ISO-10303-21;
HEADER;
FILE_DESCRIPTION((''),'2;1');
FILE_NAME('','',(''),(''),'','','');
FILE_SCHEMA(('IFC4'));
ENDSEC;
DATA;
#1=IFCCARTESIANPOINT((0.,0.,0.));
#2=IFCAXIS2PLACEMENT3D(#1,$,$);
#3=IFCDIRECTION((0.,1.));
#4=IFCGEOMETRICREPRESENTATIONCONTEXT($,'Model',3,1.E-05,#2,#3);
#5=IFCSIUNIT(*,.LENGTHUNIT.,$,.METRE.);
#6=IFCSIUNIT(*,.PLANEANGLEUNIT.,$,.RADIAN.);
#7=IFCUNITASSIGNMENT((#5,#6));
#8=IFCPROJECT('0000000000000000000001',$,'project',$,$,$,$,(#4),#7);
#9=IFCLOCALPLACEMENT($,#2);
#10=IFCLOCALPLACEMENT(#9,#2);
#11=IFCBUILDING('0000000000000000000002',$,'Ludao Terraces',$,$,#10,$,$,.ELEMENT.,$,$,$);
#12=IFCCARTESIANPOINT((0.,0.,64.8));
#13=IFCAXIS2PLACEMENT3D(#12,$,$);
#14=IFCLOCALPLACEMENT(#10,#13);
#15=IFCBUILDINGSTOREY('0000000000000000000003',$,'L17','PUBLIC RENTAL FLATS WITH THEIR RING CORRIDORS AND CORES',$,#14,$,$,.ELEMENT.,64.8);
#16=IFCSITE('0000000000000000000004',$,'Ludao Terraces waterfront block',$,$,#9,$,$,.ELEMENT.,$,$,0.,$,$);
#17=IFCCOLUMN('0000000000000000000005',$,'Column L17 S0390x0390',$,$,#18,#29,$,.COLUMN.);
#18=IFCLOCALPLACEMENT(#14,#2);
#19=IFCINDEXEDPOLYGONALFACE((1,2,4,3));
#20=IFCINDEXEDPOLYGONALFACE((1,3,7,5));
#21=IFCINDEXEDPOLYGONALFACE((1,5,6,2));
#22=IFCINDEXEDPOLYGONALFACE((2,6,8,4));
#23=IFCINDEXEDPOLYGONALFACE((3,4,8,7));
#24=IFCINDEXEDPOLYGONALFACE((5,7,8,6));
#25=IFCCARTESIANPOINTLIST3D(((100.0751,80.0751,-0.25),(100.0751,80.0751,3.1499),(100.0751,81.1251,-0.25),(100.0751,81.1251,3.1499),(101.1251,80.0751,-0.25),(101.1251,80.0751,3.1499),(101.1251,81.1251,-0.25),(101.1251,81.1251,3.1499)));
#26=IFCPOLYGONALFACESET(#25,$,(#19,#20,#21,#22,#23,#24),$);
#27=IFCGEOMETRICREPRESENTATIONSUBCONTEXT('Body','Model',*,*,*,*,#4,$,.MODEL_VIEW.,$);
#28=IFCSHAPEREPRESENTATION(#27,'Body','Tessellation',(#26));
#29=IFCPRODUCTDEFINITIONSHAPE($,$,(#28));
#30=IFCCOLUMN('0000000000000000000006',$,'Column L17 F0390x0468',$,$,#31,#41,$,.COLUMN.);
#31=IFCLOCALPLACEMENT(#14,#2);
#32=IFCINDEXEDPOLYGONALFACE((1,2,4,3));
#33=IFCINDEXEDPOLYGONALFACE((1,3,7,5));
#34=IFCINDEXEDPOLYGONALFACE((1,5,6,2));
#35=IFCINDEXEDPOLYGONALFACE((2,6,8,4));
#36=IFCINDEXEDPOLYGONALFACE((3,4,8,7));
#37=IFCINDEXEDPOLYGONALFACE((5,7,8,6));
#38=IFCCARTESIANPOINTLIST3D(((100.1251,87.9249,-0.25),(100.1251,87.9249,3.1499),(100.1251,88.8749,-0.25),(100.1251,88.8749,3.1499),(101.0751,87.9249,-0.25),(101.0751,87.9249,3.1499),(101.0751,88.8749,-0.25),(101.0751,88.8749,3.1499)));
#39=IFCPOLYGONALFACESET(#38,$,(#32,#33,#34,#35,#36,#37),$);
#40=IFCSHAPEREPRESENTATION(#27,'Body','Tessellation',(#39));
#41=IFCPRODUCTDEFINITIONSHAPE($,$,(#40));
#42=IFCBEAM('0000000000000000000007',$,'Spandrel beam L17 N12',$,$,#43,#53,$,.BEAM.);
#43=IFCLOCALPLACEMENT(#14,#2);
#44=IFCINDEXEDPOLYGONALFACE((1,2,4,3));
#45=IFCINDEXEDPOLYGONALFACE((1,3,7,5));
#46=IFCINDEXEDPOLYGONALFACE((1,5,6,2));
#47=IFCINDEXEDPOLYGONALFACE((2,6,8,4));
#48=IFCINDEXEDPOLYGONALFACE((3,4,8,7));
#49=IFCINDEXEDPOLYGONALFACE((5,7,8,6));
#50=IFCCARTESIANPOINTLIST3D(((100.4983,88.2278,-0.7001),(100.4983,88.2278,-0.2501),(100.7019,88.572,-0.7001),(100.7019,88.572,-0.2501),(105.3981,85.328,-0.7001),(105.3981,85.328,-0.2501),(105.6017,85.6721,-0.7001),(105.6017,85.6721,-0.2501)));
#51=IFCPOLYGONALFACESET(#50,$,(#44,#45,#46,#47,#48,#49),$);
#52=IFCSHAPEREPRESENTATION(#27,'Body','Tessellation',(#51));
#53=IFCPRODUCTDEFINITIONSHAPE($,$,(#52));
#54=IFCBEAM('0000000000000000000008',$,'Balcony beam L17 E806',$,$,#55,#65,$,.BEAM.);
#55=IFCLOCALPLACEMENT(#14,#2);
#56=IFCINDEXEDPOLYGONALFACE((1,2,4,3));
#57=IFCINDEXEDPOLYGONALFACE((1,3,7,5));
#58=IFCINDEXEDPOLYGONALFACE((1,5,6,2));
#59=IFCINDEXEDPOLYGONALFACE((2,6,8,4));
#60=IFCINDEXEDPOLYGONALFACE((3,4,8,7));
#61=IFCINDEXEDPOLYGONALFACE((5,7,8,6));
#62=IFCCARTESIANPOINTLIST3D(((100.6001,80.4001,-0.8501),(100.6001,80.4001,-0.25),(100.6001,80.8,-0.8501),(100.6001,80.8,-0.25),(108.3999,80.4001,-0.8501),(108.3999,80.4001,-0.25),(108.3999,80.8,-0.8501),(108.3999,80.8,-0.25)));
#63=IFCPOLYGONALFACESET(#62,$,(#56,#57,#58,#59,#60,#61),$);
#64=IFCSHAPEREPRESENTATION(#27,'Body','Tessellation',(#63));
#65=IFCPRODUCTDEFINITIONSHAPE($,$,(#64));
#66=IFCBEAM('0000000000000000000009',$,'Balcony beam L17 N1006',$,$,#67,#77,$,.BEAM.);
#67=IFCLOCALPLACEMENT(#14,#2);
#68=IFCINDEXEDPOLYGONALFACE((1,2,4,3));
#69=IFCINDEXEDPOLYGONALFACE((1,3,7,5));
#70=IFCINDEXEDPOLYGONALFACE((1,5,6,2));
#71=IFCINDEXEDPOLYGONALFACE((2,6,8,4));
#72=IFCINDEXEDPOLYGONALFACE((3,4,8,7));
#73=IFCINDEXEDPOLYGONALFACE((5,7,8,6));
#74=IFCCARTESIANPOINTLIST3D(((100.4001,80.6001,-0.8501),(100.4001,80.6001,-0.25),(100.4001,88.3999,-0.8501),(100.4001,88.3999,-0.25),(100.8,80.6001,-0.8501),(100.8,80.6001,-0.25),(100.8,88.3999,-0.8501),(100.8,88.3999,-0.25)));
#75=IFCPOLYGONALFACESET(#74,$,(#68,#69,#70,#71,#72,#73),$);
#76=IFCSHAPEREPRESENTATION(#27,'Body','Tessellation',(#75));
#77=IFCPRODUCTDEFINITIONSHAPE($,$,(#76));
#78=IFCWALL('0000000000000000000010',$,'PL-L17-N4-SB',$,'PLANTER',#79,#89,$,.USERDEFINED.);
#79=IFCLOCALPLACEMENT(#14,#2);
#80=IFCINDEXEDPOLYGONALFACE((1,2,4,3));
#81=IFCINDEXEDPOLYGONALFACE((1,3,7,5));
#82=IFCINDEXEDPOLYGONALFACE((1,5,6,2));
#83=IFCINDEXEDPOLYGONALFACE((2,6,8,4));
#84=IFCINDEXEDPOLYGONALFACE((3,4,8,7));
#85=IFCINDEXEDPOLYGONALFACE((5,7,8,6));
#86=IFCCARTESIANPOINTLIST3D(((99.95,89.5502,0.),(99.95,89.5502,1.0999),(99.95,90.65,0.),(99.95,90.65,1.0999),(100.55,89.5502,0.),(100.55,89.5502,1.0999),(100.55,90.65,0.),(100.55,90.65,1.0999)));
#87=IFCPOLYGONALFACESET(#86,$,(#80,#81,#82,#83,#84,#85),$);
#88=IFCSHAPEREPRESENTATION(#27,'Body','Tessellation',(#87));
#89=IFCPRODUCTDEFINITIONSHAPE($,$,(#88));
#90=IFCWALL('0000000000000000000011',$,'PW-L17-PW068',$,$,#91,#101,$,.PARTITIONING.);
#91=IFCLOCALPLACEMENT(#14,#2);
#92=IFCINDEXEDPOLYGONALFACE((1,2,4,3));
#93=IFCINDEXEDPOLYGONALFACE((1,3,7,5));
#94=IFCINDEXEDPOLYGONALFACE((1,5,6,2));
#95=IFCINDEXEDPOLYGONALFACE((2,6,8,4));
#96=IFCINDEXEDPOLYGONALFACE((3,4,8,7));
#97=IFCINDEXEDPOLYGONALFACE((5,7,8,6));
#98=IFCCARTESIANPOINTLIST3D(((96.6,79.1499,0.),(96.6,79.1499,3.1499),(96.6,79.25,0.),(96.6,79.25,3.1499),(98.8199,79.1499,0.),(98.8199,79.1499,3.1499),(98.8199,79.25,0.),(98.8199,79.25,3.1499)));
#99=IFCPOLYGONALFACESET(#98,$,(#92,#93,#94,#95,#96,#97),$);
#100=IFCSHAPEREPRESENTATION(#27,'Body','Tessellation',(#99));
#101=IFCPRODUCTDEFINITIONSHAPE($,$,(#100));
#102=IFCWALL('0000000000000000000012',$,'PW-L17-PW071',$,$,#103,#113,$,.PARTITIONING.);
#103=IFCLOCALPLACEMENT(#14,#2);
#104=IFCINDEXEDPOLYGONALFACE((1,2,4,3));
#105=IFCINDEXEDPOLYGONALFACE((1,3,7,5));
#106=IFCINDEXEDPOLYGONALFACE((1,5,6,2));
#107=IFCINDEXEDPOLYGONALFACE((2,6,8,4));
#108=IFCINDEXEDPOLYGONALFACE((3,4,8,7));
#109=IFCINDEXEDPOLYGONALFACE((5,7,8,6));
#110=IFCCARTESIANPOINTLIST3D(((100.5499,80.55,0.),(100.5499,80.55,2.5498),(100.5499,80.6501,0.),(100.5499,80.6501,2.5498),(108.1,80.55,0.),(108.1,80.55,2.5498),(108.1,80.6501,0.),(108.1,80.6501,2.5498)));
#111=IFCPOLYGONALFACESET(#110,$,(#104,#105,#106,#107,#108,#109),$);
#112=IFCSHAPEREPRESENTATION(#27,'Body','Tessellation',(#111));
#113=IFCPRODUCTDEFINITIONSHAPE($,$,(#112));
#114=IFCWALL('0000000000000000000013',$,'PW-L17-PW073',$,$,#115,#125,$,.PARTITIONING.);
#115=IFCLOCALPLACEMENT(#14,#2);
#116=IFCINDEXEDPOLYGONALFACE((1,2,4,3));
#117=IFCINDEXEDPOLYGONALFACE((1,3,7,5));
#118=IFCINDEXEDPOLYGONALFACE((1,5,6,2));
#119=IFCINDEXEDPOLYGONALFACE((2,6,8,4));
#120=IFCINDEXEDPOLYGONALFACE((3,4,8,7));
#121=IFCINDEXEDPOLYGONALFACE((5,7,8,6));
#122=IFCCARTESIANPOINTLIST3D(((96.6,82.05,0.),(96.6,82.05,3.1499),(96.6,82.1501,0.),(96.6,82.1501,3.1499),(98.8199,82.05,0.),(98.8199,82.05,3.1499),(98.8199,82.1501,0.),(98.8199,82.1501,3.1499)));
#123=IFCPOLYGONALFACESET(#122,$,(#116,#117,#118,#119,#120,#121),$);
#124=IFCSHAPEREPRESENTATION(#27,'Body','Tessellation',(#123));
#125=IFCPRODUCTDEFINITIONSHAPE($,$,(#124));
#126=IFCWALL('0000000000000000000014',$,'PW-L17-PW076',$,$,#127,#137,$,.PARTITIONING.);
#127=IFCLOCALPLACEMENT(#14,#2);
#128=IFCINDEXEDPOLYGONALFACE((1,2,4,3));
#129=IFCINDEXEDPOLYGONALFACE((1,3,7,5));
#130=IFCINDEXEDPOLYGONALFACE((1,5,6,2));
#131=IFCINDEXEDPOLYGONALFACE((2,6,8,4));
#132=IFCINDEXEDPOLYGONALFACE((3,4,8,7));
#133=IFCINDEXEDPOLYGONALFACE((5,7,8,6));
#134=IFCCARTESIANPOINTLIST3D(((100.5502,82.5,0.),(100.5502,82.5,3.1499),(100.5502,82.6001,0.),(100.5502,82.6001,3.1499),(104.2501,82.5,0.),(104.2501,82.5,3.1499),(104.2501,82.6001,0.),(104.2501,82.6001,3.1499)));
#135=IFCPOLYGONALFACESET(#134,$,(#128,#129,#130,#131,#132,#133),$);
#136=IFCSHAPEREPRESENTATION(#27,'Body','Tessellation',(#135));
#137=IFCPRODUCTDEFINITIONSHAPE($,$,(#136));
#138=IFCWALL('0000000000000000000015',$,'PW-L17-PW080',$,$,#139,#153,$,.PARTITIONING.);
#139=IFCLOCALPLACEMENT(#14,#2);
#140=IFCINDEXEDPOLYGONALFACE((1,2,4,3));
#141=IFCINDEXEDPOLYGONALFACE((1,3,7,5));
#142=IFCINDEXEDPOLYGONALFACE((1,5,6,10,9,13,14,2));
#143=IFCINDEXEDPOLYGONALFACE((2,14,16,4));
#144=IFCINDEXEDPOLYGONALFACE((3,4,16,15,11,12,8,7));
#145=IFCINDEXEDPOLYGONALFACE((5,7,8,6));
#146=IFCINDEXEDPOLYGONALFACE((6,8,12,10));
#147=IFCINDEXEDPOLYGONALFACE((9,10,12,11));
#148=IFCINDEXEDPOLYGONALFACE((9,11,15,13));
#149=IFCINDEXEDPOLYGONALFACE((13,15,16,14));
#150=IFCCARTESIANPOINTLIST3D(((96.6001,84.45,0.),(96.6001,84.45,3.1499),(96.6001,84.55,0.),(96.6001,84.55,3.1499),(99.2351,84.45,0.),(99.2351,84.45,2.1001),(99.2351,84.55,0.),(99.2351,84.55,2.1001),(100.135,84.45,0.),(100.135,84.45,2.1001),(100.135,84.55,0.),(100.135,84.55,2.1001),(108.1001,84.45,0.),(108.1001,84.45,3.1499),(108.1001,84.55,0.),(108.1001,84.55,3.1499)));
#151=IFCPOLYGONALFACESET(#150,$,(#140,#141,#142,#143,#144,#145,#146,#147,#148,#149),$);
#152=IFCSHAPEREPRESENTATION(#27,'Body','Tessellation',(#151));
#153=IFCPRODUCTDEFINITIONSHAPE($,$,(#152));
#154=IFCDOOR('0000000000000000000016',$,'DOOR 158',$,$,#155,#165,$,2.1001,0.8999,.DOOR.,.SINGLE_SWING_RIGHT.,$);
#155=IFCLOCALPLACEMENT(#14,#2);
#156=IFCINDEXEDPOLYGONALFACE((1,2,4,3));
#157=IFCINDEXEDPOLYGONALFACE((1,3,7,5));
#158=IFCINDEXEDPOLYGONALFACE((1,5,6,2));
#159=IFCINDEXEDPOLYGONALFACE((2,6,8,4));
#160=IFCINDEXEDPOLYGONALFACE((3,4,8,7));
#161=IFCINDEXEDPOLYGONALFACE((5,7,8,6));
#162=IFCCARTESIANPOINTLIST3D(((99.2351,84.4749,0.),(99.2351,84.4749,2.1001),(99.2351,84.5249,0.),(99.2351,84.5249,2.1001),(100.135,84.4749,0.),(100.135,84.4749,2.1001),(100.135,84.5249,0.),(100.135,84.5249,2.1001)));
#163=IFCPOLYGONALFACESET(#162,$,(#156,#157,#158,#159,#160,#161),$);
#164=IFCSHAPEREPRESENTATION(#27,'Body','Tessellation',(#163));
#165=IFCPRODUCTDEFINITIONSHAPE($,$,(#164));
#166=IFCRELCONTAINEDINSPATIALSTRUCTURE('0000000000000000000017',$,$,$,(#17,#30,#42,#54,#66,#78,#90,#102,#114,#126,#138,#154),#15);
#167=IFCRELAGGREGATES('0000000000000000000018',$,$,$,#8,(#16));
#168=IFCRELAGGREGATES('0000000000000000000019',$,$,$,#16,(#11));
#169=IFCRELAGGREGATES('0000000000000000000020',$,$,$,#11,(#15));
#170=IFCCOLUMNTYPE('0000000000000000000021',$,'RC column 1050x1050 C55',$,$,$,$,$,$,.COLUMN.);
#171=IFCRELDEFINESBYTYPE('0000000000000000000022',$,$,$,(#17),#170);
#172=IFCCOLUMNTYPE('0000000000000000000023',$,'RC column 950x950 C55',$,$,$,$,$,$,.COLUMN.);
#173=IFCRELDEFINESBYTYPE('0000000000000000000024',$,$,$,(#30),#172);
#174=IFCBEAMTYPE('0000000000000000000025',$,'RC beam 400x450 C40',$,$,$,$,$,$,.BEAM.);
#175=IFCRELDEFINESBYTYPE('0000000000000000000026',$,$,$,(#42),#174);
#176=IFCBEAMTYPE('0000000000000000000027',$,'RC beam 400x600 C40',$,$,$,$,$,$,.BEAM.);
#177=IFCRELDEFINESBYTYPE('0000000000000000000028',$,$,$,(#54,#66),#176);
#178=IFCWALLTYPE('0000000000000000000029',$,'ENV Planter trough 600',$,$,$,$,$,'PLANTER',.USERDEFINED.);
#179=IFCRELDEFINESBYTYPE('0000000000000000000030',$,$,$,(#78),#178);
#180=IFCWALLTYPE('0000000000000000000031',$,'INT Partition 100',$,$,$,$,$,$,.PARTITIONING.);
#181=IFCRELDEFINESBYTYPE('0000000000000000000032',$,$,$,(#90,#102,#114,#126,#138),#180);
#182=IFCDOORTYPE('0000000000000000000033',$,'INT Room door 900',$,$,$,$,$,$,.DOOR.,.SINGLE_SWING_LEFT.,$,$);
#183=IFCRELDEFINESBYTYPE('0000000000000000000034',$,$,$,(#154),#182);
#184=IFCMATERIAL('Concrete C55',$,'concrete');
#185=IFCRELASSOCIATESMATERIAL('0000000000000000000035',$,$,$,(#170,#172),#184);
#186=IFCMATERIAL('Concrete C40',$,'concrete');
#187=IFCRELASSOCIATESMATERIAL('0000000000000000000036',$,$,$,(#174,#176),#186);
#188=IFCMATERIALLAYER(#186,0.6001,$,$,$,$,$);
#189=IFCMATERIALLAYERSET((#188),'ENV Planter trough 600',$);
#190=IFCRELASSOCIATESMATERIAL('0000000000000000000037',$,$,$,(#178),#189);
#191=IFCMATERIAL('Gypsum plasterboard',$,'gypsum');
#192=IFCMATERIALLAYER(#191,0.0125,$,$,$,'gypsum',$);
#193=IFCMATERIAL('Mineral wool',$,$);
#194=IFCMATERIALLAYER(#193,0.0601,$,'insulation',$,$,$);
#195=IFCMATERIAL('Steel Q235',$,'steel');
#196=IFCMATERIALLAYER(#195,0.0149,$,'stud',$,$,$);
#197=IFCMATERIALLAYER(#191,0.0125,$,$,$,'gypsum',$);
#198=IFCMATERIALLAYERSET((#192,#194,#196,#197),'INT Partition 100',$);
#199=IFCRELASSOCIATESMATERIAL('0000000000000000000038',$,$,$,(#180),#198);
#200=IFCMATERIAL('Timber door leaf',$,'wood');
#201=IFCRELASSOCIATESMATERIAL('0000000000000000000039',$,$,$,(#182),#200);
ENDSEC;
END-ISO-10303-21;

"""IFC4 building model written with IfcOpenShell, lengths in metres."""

from ifc_helpers import new_model, si_unit, direction, frame, frame_2d, origin, origin_2d, place, context, subcontext, project, spatial, rectangle, extrude, material, layer, layer_set, material_profile, profile_set, type_object, element, fill, save


model = new_model("IFC4")

# Units and contexts
model_context = context("Model", 3, precision=1e-05, world=origin(), true_north=direction((0.0, 1.0)))
body_context = subcontext(model_context, "Body", "Model", "MODEL_VIEW")
ifc_project = project(units=[si_unit("LENGTHUNIT", "METRE"), si_unit("PLANEANGLEUNIT", "RADIAN")], contexts=[model_context])

# Site, building, storey
site_placement = place(None, origin())
site = spatial("IfcSite", under=ifc_project, at=site_placement, Name="Ludao Terraces waterfront block", CompositionType="ELEMENT", RefElevation=0.0)
building_placement = place(site_placement, origin())
building = spatial("IfcBuilding", under=site, at=building_placement, Name="Ludao Terraces", CompositionType="ELEMENT")
storey_placement = place(building_placement, frame((0.0, 0.0, 64.8)))
storey = spatial("IfcBuildingStorey", under=building, at=storey_placement, Name="L17", Description="PUBLIC RENTAL FLATS WITH THEIR RING CORRIDORS AND CORES", CompositionType="ELEMENT", Elevation=64.8)

# Columns
ifc_material_1 = material(Name="Concrete C55", Category="concrete")
ifc_material_profile_1 = material_profile(ifc_material_1, rectangle(XDim=1.05, YDim=1.05, at=origin_2d()), Name="1050 X 1050")
ifc_profile_set_1 = profile_set([ifc_material_profile_1], Name="Concrete C55")
column_type_1 = type_object("IfcColumnType", Name="RC column 1050x1050 C55", PredefinedType="COLUMN", material=ifc_profile_set_1)
column_1_placement = place(storey_placement, frame((100.6001, 80.6001, -0.25), z_axis=(0.0, 0.0, 1.0), x_axis=(1.0, 0.0, 0.0)))
element("IfcColumn", 1, at=column_1_placement, inside=storey, type_object=column_type_1, Name="Column L17 S0390x0390", PredefinedType="COLUMN", context=body_context, shape_type="SweptSolid", body=[
    extrude(rectangle(XDim=1.05, YDim=1.05, at=origin_2d()), origin(), (0.0, 0.0, 1.0), 3.3999),
])
ifc_material_profile_2 = material_profile(ifc_material_1, rectangle(XDim=0.95, YDim=0.95, at=origin_2d()), Name="950 X 950")
ifc_profile_set_2 = profile_set([ifc_material_profile_2], Name="Concrete C55")
column_type_2 = type_object("IfcColumnType", Name="RC column 950x950 C55", PredefinedType="COLUMN", material=ifc_profile_set_2)
column_2_placement = place(storey_placement, frame((100.6001, 88.3999, -0.25), z_axis=(0.0, 0.0, 1.0), x_axis=(1.0, 0.0, 0.0)))
element("IfcColumn", 2, at=column_2_placement, inside=storey, type_object=column_type_2, Name="Column L17 F0390x0468", PredefinedType="COLUMN", context=body_context, shape_type="SweptSolid", body=[
    extrude(rectangle(XDim=0.95, YDim=0.95, at=origin_2d()), origin(), (0.0, 0.0, 1.0), 3.3999),
])

# Beams
ifc_material_2 = material(Name="Concrete C40", Category="concrete")
ifc_material_profile_3 = material_profile(ifc_material_2, rectangle(XDim=0.3999, YDim=0.45, at=origin_2d()), Name="400 X 450")
ifc_profile_set_3 = profile_set([ifc_material_profile_3], Name="Concrete C40")
beam_type_1 = type_object("IfcBeamType", Name="RC beam 400x450 C40", PredefinedType="BEAM", material=ifc_profile_set_3)
beam_placement = place(storey_placement, frame((100.6001, 88.3999, -0.4751), z_axis=(0.86058, -0.509316, 0.0), x_axis=(0.509316, 0.86058, 0.0)))
element("IfcBeam", 3, at=beam_placement, inside=storey, type_object=beam_type_1, Name="Spandrel beam L17 N12", PredefinedType="BEAM", context=body_context, shape_type="SweptSolid", body=[
    extrude(rectangle(XDim=0.3999, YDim=0.45, at=origin_2d()), origin(), (0.0, 0.0, 1.0), 5.6936),
])
ifc_material_profile_4 = material_profile(ifc_material_2, rectangle(XDim=0.3999, YDim=0.6001, at=origin_2d()), Name="400 X 600")
ifc_profile_set_4 = profile_set([ifc_material_profile_4], Name="Concrete C40")
beam_type_2 = type_object("IfcBeamType", Name="RC beam 400x600 C40", PredefinedType="BEAM", material=ifc_profile_set_4)
for number, where, z_axis, x_axis, name in (
    (4, (100.6001, 80.6001, -0.55), (1.0, 0.0, 0.0), (0.0, 1.0, 0.0), "Balcony beam L17 E806"),
    (5, (100.6001, 80.6001, -0.55), (0.0, 1.0, 0.0), (-1.0, 0.0, 0.0), "Balcony beam L17 N1006"),
):
    element("IfcBeam", number, at=place(storey_placement, frame(where, z_axis=z_axis, x_axis=x_axis)), inside=storey, type_object=beam_type_2, Name=name, PredefinedType="BEAM", context=body_context, shape_type="SweptSolid", body=[
        extrude(rectangle(XDim=0.3999, YDim=0.6001, at=origin_2d()), origin(), (0.0, 0.0, 1.0), 7.7998),
    ])

# Walls
ifc_layer_1 = layer(ifc_material_2, 0.6001)
ifc_layer_set_1 = layer_set([ifc_layer_1], Name="ENV Planter trough 600")
wall_type_1 = type_object("IfcWallType", Name="ENV Planter trough 600", ElementType="PLANTER", PredefinedType="USERDEFINED", material=ifc_layer_set_1)
wall_1_placement = place(storey_placement, frame((100.25, 90.6499, 0.0), z_axis=(0.0, 0.0, 1.0), x_axis=(0.0, -1.0, 0.0)))
element("IfcWall", 6, at=wall_1_placement, inside=storey, type_object=wall_type_1, Name="PL-L17-N4-SB", ObjectType="PLANTER", PredefinedType="USERDEFINED", context=body_context, shape_type="SweptSolid", body=[
    extrude(rectangle(XDim=1.0999, YDim=0.6001, at=frame_2d((0.5498, 0.0))), origin(), (0.0, 0.0, 1.0), 1.0999),
])
ifc_material_3 = material(Name="Gypsum plasterboard", Category="gypsum")
ifc_layer_2 = layer(ifc_material_3, 0.0125, Category="gypsum")
ifc_material_4 = material(Name="Mineral wool")
ifc_layer_3 = layer(ifc_material_4, 0.0601, Name="insulation")
ifc_material_5 = material(Name="Steel Q235", Category="steel")
ifc_layer_4 = layer(ifc_material_5, 0.0149, Name="stud")
ifc_layer_5 = layer(ifc_material_3, 0.0125, Category="gypsum")
ifc_layer_set_2 = layer_set([ifc_layer_2, ifc_layer_3, ifc_layer_4, ifc_layer_5], Name="INT Partition 100")
wall_type_2 = type_object("IfcWallType", Name="INT Partition 100", PredefinedType="PARTITIONING", material=ifc_layer_set_2)
wall_2_placement = place(storey_placement, frame((96.6001, 79.2, 0.0), z_axis=(0.0, 0.0, 1.0), x_axis=(1.0, 0.0, 0.0)))
element("IfcWall", 7, at=wall_2_placement, inside=storey, type_object=wall_type_2, Name="PW-L17-PW068", PredefinedType="PARTITIONING", context=body_context, shape_type="SweptSolid", body=[
    extrude(rectangle(XDim=2.22, YDim=0.1001, at=frame_2d((1.1099, 0.0))), origin(), (0.0, 0.0, 1.0), 3.1499),
])
wall_3_placement = place(storey_placement, frame((100.55, 80.6001, 0.0), z_axis=(0.0, 0.0, 1.0), x_axis=(1.0, 0.0, 0.0)))
element("IfcWall", 8, at=wall_3_placement, inside=storey, type_object=wall_type_2, Name="PW-L17-PW071", PredefinedType="PARTITIONING", context=body_context, shape_type="SweptSolid", body=[
    extrude(rectangle(XDim=7.55, YDim=0.1001, at=frame_2d((3.7749, 0.0))), origin(), (0.0, 0.0, 1.0), 2.5498),
])
wall_4_placement = place(storey_placement, frame((96.6001, 82.1001, 0.0), z_axis=(0.0, 0.0, 1.0), x_axis=(1.0, 0.0, 0.0)))
element("IfcWall", 9, at=wall_4_placement, inside=storey, type_object=wall_type_2, Name="PW-L17-PW073", PredefinedType="PARTITIONING", context=body_context, shape_type="SweptSolid", body=[
    extrude(rectangle(XDim=2.22, YDim=0.1001, at=frame_2d((1.1099, 0.0))), origin(), (0.0, 0.0, 1.0), 3.1499),
])
wall_5_placement = place(storey_placement, frame((100.55, 82.55, 0.0), z_axis=(0.0, 0.0, 1.0), x_axis=(1.0, 0.0, 0.0)))
element("IfcWall", 10, at=wall_5_placement, inside=storey, type_object=wall_type_2, Name="PW-L17-PW076", PredefinedType="PARTITIONING", context=body_context, shape_type="SweptSolid", body=[
    extrude(rectangle(XDim=3.7, YDim=0.1001, at=frame_2d((1.8501, 0.0))), origin(), (0.0, 0.0, 1.0), 3.1499),
])

# Wall, opening, door
wall_6_placement = place(storey_placement, frame((96.6001, 84.5, 0.0), z_axis=(0.0, 0.0, 1.0), x_axis=(1.0, 0.0, 0.0)))
wall_6 = element("IfcWall", 11, at=wall_6_placement, inside=storey, type_object=wall_type_2, Name="PW-L17-PW080", PredefinedType="PARTITIONING", context=body_context, shape_type="SweptSolid", body=[
    extrude(rectangle(XDim=11.5, YDim=0.1001, at=frame_2d((5.75, 0.0))), origin(), (0.0, 0.0, 1.0), 3.1499),
])
opening_1_placement = place(wall_6_placement, frame((2.635, 0.0, 0.0)))
opening_1 = element("IfcOpeningElement", 12, at=opening_1_placement, cuts=wall_6, PredefinedType="OPENING", context=body_context, shape_type="SweptSolid", body=[
    extrude(rectangle(XDim=0.8999, YDim=2.1001, at=frame_2d((0.45, 1.05))), frame((0.0, 0.0601, 0.0), z_axis=(0.0, -1.0, 0.0), x_axis=(1.0, 0.0, 0.0)), (0.0, 0.0, 1.0), 0.1201),
])
ifc_material_6 = material(Name="Timber door leaf", Category="wood")
door_type = type_object("IfcDoorType", Name="INT Room door 900", OperationType="SINGLE_SWING_LEFT", PredefinedType="DOOR", material=ifc_material_6)
door_1_placement = place(opening_1_placement, origin())
door_1 = element("IfcDoor", 13, at=door_1_placement, inside=storey, type_object=door_type, Name="DOOR 158", OperationType="SINGLE_SWING_RIGHT", OverallHeight=2.1001, OverallWidth=0.8999, PredefinedType="DOOR", context=body_context, shape_type="SweptSolid", body=[
    extrude(rectangle(XDim=0.8999, YDim=2.1001, at=frame_2d((0.45, 1.05))), frame((0.0, 0.0249, 0.0), z_axis=(0.0, -1.0, 0.0), x_axis=(1.0, 0.0, 0.0)), (0.0, 0.0, 1.0), 0.05),
])
fill(opening_1, door_1)

save(model, "model.ifc")
